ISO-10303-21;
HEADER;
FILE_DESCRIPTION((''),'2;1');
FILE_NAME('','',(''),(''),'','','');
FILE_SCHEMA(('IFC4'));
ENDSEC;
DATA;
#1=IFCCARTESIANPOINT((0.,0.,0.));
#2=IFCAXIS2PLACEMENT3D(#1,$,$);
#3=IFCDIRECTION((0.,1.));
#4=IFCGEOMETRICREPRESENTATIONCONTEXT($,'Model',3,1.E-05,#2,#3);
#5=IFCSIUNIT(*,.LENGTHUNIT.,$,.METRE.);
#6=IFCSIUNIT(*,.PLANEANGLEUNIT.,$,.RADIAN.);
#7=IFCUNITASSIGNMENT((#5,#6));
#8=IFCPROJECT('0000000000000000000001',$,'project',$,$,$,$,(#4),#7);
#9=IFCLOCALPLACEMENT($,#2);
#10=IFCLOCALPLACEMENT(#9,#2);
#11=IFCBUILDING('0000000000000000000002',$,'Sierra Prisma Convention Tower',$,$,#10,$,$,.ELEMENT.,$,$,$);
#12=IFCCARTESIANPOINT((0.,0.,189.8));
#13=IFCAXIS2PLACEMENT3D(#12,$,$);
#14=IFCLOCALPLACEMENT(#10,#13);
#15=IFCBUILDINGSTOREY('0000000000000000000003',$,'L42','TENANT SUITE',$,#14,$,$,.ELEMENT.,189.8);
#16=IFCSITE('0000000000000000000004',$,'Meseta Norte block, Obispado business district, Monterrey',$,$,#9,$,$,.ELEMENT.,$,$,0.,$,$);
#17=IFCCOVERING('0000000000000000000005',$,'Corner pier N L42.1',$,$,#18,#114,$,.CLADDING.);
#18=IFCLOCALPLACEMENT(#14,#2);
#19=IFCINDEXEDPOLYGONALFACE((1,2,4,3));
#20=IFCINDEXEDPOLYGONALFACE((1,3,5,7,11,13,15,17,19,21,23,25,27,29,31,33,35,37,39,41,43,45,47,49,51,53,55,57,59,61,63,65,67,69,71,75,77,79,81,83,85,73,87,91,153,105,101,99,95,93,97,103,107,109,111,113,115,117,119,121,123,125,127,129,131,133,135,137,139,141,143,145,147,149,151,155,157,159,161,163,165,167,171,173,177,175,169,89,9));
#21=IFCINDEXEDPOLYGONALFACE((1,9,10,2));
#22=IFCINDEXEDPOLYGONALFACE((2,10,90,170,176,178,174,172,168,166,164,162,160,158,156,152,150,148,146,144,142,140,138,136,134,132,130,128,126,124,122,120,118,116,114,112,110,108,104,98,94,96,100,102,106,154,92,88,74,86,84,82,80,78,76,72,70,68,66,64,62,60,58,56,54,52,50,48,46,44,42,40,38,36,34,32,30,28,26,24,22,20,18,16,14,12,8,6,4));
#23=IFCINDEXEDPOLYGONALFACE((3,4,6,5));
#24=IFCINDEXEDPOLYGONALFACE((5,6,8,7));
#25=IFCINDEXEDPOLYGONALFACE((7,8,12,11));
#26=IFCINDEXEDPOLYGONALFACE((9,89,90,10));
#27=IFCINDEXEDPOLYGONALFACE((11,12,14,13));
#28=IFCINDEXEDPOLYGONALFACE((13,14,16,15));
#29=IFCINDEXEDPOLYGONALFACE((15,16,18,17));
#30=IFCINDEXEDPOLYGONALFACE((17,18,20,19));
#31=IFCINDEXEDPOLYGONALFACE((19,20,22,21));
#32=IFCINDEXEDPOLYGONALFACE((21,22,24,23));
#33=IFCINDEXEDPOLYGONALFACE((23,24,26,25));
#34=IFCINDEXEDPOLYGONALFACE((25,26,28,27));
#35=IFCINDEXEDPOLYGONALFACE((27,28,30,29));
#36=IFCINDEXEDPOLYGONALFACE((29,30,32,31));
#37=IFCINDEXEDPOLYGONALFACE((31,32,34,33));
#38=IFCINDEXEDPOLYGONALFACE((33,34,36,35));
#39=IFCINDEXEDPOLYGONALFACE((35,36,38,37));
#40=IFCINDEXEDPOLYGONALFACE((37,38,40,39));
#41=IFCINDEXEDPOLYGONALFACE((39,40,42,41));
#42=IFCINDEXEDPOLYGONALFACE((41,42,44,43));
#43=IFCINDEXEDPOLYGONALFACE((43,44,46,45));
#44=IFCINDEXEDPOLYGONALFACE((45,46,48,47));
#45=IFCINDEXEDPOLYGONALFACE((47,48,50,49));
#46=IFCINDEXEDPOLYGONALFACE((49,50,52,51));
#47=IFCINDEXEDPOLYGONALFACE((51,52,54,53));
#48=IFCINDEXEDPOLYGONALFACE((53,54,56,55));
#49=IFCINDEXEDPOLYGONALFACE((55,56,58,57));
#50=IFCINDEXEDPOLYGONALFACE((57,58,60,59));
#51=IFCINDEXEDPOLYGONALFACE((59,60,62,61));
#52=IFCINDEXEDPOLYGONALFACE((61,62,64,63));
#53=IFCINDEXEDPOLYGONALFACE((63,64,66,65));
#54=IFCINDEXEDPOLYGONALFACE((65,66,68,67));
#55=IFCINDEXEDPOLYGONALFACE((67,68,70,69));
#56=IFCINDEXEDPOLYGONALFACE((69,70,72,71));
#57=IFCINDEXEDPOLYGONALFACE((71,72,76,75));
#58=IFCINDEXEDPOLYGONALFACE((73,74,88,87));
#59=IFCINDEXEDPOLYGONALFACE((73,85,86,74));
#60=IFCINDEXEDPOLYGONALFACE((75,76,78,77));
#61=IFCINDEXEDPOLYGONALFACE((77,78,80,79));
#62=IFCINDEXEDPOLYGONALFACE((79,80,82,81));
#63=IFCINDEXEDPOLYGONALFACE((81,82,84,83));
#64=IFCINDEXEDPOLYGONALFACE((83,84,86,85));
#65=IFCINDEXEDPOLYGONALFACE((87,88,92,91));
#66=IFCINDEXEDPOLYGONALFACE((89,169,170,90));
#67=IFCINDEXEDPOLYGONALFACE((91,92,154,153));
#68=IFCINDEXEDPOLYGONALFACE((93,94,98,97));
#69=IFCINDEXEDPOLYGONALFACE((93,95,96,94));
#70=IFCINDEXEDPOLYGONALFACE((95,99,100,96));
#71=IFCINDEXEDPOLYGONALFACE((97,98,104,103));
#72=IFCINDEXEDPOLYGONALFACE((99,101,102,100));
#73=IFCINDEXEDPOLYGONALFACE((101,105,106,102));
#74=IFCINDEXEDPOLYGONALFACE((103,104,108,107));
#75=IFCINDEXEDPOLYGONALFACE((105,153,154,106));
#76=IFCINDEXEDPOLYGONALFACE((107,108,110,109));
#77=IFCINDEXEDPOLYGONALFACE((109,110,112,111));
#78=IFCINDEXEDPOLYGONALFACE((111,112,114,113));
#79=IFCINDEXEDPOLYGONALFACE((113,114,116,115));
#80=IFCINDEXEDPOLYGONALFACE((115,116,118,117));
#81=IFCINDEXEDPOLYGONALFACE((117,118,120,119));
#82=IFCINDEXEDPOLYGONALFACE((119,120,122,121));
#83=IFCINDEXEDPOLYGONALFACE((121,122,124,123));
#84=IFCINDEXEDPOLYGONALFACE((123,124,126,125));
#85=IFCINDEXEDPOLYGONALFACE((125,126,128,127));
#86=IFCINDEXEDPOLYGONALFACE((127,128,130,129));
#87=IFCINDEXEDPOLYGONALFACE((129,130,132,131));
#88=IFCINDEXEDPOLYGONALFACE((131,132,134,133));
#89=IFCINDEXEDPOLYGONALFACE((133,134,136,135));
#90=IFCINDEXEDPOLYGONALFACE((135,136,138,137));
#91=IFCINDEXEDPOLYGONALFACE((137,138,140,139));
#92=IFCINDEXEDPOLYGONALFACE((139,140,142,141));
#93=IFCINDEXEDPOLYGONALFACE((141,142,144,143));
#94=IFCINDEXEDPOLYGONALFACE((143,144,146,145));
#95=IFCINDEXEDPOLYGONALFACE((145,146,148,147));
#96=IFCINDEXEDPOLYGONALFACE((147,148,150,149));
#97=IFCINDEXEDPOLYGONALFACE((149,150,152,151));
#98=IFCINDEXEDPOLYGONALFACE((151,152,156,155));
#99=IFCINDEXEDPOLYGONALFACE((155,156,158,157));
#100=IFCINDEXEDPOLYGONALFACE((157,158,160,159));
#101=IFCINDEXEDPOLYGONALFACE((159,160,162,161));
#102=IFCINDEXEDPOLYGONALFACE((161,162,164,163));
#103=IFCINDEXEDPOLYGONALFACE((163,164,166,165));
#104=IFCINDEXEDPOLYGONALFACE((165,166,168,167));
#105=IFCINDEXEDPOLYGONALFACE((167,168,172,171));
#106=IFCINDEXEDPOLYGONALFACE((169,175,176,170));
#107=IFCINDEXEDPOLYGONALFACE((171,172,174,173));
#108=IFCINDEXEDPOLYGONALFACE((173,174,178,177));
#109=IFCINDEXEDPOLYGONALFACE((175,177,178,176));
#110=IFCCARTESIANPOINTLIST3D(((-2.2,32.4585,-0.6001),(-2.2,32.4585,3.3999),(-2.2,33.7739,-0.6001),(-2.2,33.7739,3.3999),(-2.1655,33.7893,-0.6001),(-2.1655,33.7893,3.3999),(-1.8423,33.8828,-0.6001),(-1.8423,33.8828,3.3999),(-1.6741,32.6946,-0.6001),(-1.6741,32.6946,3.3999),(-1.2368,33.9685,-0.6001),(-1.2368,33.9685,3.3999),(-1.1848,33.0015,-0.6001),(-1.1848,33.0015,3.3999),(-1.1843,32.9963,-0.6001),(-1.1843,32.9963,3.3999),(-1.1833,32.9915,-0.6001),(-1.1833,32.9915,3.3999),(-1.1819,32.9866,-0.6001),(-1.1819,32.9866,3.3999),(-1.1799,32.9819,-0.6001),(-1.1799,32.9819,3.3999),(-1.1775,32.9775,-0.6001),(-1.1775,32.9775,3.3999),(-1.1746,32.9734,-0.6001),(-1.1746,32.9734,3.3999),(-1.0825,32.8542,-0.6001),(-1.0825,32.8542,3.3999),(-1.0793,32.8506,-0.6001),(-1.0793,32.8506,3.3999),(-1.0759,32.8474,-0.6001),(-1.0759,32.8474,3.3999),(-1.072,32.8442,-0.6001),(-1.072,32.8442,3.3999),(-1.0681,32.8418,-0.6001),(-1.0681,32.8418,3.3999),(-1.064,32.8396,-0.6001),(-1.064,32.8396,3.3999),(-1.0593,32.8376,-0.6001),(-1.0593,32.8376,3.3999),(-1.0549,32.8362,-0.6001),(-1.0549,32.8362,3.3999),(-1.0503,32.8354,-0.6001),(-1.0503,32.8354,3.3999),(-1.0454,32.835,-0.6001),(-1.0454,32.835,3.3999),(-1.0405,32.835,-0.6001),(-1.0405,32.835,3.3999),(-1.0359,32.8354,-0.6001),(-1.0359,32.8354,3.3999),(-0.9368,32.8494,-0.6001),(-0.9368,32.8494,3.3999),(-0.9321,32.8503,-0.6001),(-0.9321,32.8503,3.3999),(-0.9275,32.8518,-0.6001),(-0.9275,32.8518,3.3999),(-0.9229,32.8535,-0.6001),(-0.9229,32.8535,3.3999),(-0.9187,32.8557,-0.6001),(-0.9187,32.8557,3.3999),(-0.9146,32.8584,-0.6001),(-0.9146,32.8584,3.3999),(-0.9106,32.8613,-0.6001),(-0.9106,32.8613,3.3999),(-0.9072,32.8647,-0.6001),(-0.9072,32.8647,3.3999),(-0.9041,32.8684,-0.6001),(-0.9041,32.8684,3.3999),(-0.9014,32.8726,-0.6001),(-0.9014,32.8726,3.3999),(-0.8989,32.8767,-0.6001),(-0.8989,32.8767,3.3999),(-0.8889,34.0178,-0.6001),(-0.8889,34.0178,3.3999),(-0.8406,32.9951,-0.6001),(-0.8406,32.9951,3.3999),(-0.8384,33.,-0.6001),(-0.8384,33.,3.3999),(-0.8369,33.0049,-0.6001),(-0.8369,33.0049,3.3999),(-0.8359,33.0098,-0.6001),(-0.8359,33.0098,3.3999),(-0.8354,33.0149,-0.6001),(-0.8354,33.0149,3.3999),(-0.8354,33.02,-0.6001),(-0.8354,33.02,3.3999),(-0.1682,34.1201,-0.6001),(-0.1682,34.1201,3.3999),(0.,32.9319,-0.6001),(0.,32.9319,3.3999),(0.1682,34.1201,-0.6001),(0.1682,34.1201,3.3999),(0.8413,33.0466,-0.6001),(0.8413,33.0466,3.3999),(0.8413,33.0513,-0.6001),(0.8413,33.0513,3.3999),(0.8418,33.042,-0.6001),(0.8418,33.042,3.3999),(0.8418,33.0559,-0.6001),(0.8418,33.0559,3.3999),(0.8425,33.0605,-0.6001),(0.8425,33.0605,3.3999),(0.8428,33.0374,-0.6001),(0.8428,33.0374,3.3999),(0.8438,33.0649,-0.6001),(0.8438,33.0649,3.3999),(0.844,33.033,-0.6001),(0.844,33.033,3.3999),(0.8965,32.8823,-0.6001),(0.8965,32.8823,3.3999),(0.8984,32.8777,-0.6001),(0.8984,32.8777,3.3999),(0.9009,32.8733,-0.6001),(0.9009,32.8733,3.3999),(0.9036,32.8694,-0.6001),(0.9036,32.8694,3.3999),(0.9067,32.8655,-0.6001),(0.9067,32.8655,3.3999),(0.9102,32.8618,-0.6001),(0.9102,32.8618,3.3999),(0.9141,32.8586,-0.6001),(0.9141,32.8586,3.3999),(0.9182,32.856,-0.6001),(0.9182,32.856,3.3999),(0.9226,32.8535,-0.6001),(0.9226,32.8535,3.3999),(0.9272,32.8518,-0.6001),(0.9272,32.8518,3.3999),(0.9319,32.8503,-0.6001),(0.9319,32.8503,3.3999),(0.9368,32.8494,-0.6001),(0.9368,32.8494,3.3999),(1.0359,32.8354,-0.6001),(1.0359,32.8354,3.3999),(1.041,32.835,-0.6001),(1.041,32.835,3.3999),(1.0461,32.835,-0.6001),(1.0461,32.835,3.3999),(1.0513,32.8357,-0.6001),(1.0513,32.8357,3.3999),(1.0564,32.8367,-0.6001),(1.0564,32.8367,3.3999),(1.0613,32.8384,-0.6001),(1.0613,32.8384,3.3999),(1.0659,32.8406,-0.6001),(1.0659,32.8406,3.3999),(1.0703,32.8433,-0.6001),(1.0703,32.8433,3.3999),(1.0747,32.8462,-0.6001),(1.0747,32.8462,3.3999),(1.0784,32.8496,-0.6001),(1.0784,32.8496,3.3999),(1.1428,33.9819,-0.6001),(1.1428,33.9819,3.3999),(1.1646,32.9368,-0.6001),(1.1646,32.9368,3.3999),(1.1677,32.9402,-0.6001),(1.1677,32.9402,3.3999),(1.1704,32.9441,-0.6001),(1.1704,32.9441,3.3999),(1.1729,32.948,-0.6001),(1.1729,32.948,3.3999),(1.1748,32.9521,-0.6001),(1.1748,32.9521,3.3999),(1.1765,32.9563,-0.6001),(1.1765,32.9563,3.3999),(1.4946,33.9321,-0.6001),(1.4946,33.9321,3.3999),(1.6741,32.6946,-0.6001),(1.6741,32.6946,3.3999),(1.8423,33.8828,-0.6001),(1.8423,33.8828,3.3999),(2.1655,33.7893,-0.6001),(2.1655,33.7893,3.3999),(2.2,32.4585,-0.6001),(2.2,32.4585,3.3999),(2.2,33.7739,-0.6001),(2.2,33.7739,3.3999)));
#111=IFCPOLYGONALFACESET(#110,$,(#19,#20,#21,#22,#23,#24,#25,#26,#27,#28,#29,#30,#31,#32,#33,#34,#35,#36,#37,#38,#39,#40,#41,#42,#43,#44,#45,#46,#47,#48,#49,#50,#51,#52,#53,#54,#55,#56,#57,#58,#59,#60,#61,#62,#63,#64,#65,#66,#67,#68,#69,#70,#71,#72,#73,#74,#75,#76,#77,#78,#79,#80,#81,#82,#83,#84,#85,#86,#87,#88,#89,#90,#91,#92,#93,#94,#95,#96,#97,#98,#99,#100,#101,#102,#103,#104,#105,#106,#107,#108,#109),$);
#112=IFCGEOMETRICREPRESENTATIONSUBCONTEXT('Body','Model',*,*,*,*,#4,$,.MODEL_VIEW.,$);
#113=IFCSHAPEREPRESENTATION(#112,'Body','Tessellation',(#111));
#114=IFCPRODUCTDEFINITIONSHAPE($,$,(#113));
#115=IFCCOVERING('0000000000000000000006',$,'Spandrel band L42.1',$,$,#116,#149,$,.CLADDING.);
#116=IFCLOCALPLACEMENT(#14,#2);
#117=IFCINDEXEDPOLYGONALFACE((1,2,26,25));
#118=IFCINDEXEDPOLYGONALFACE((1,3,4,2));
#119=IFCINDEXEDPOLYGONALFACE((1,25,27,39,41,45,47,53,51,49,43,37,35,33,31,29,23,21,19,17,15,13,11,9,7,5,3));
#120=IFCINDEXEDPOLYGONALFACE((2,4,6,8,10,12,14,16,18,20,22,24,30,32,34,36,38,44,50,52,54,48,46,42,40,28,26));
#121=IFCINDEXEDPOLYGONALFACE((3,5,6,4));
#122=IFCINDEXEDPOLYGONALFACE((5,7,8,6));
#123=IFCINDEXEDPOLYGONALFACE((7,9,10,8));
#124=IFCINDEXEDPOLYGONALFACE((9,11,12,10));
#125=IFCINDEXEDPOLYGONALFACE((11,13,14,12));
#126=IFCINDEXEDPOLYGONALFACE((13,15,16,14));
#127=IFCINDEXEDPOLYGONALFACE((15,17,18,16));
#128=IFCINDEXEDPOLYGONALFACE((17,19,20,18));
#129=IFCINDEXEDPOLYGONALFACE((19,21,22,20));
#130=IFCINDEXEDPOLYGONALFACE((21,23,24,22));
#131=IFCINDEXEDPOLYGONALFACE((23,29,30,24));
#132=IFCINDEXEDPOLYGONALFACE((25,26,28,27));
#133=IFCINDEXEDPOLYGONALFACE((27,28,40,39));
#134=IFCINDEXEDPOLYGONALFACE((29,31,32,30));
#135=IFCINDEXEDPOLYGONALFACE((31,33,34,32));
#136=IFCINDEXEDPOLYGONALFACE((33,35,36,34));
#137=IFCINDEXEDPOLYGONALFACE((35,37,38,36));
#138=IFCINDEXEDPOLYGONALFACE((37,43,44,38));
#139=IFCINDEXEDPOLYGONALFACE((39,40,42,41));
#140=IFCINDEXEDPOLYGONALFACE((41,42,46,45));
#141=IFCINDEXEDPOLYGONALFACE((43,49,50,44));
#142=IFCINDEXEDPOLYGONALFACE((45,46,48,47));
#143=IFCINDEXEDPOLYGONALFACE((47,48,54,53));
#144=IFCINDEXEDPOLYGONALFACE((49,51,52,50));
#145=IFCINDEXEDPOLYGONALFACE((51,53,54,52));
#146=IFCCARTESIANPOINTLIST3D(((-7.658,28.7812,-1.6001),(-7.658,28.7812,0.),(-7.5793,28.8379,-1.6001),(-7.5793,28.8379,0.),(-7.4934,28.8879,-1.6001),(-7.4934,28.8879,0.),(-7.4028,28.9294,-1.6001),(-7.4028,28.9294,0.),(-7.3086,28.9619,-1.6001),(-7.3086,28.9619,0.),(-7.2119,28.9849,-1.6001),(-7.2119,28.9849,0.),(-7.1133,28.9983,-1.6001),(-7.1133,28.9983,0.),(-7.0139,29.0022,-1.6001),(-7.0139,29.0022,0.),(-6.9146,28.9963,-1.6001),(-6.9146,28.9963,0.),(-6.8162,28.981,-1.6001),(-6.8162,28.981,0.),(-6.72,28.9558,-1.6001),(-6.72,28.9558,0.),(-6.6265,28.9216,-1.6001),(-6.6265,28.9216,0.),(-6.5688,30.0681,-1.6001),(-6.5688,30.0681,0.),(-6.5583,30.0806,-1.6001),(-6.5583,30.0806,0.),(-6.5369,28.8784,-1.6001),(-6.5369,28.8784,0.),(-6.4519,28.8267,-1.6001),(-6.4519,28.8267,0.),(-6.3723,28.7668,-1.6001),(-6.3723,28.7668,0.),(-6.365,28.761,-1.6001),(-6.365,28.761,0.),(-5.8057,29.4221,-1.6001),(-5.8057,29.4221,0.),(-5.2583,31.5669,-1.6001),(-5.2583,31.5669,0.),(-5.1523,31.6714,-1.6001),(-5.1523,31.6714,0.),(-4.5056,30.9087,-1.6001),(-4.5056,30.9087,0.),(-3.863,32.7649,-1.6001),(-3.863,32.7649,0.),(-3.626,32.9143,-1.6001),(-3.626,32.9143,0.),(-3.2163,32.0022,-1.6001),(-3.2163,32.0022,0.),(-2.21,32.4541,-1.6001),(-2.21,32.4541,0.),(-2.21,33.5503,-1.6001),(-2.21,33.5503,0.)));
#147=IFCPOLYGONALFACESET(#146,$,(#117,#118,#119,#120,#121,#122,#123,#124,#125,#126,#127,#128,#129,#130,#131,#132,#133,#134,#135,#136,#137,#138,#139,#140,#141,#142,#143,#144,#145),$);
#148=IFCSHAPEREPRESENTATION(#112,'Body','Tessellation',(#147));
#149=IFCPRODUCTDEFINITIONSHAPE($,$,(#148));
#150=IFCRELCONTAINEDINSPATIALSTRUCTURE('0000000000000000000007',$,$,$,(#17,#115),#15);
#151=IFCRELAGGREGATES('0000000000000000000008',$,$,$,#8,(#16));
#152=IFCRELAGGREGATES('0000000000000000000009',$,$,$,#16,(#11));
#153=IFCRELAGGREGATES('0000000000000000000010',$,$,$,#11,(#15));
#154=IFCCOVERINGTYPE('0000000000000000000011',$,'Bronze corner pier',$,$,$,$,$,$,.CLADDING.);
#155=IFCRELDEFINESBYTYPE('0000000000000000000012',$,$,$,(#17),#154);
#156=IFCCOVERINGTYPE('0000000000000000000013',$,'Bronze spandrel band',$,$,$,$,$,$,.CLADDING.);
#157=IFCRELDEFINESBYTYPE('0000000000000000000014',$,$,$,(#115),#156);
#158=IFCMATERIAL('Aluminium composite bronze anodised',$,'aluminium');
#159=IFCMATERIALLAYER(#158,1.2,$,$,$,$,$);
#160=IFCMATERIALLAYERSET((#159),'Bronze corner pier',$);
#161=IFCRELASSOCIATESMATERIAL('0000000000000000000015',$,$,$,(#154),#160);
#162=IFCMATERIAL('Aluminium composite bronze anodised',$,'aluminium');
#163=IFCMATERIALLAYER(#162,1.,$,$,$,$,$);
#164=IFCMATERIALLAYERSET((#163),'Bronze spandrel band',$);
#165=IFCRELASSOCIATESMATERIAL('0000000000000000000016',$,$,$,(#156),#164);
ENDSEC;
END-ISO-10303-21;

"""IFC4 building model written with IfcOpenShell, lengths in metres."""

from ifc_helpers import new_model, si_unit, direction, frame, origin, place, context, subcontext, project, spatial, polyline, outline, extrude, material, layer, layer_set, type_object, element, save


model = new_model("IFC4")

# Units and contexts
model_context = context("Model", 3, precision=1e-05, world=origin(), true_north=direction((0.0, 1.0)))
body_context = subcontext(model_context, "Body", "Model", "MODEL_VIEW")
ifc_project = project(units=[si_unit("LENGTHUNIT", "METRE"), si_unit("PLANEANGLEUNIT", "RADIAN")], contexts=[model_context])

# Site, building, storey
site_placement = place(None, origin())
site = spatial("IfcSite", under=ifc_project, at=site_placement, Name="Meseta Norte block, Obispado business district, Monterrey", CompositionType="ELEMENT", RefElevation=0.0)
building_placement = place(site_placement, origin())
building = spatial("IfcBuilding", under=site, at=building_placement, Name="Sierra Prisma Convention Tower", CompositionType="ELEMENT")
storey_placement = place(building_placement, frame((0.0, 0.0, 189.8)))
storey = spatial("IfcBuildingStorey", under=building, at=storey_placement, Name="L42", Description="TENANT SUITE", CompositionType="ELEMENT", Elevation=189.8)

# Coverings
ifc_material_1 = material(Name="Aluminium composite bronze anodised", Category="aluminium")
ifc_layer_1 = layer(ifc_material_1, 1.2)
ifc_layer_set_1 = layer_set([ifc_layer_1], Name="Bronze corner pier")
covering_type_1 = type_object("IfcCoveringType", Name="Bronze corner pier", PredefinedType="CLADDING", material=ifc_layer_set_1)
covering_1_placement = place(storey_placement, frame((0.0, 0.0, -0.6001)))
element("IfcCovering", 1, at=covering_1_placement, inside=storey, type_object=covering_type_1, Name="Corner pier N L42.1", PredefinedType="CLADDING", context=body_context, shape_type="SweptSolid", body=[
    extrude(outline(polyline([(-2.2, 32.4585), (-2.2, 33.7739), (-2.1655, 33.7893), (-1.8423, 33.8828), (-1.2368, 33.9685), (-1.1848, 33.0015), (-1.1843, 32.9963), (-1.1833, 32.9915), (-1.1819, 32.9866), (-1.1799, 32.9819), (-1.1775, 32.9775), (-1.1746, 32.9734), (-1.0825, 32.8542), (-1.0793, 32.8506), (-1.0759, 32.8474), (-1.072, 32.8442), (-1.0681, 32.8418), (-1.064, 32.8396), (-1.0593, 32.8376), (-1.0549, 32.8362), (-1.0503, 32.8354), (-1.0454, 32.835), (-1.0405, 32.835), (-1.0359, 32.8354), (-0.9368, 32.8494), (-0.9321, 32.8503), (-0.9275, 32.8518), (-0.9229, 32.8535), (-0.9187, 32.8557), (-0.9146, 32.8584), (-0.9106, 32.8613), (-0.9072, 32.8647), (-0.9041, 32.8684), (-0.9014, 32.8726), (-0.8989, 32.8767), (-0.8406, 32.9951), (-0.8384, 33.0), (-0.8369, 33.0049), (-0.8359, 33.0098), (-0.8354, 33.0149), (-0.8354, 33.02), (-0.8889, 34.0178), (-0.1682, 34.1201), (0.1682, 34.1201), (1.1428, 33.9819), (0.8438, 33.0649), (0.8425, 33.0605), (0.8418, 33.0559), (0.8413, 33.0513), (0.8413, 33.0466), (0.8418, 33.042), (0.8428, 33.0374), (0.844, 33.033), (0.8965, 32.8823), (0.8984, 32.8777), (0.9009, 32.8733), (0.9036, 32.8694), (0.9067, 32.8655), (0.9102, 32.8618), (0.9141, 32.8586), (0.9182, 32.856), (0.9226, 32.8535), (0.9272, 32.8518), (0.9319, 32.8503), (0.9368, 32.8494), (1.0359, 32.8354), (1.041, 32.835), (1.0461, 32.835), (1.0513, 32.8357), (1.0564, 32.8367), (1.0613, 32.8384), (1.0659, 32.8406), (1.0703, 32.8433), (1.0747, 32.8462), (1.0784, 32.8496), (1.1646, 32.9368), (1.1677, 32.9402), (1.1704, 32.9441), (1.1729, 32.948), (1.1748, 32.9521), (1.1765, 32.9563), (1.4946, 33.9321), (1.8423, 33.8828), (2.1655, 33.7893), (2.2, 33.7739), (2.2, 32.4585), (1.6741, 32.6946), (0.0, 32.9319), (-1.6741, 32.6946), (-2.2, 32.4585)])), origin(), (0.0, 0.0, 1.0), 4.0),
])
ifc_material_2 = material(Name="Aluminium composite bronze anodised", Category="aluminium")
ifc_layer_2 = layer(ifc_material_2, 1.0)
ifc_layer_set_2 = layer_set([ifc_layer_2], Name="Bronze spandrel band")
covering_type_2 = type_object("IfcCoveringType", Name="Bronze spandrel band", PredefinedType="CLADDING", material=ifc_layer_set_2)
covering_2_placement = place(storey_placement, frame((0.0, 0.0, -1.6001)))
element("IfcCovering", 2, at=covering_2_placement, inside=storey, type_object=covering_type_2, Name="Spandrel band L42.1", PredefinedType="CLADDING", context=body_context, shape_type="SweptSolid", body=[
    extrude(outline(polyline([(-6.5688, 30.0681), (-6.5583, 30.0806), (-5.2583, 31.5669), (-5.1523, 31.6714), (-3.863, 32.7649), (-3.626, 32.9143), (-2.21, 33.5503), (-2.21, 32.4541), (-3.2163, 32.0022), (-4.5056, 30.9087), (-5.8057, 29.4221), (-6.365, 28.761), (-6.3723, 28.7668), (-6.4519, 28.8267), (-6.5369, 28.8784), (-6.6265, 28.9216), (-6.72, 28.9558), (-6.8162, 28.981), (-6.9146, 28.9963), (-7.0139, 29.0022), (-7.1133, 28.9983), (-7.2119, 28.9849), (-7.3086, 28.9619), (-7.4028, 28.9294), (-7.4934, 28.8879), (-7.5793, 28.8379), (-7.658, 28.7812), (-6.5688, 30.0681)])), origin(), (0.0, 0.0, 1.0), 1.6001),
])

save(model, "model.ifc")
